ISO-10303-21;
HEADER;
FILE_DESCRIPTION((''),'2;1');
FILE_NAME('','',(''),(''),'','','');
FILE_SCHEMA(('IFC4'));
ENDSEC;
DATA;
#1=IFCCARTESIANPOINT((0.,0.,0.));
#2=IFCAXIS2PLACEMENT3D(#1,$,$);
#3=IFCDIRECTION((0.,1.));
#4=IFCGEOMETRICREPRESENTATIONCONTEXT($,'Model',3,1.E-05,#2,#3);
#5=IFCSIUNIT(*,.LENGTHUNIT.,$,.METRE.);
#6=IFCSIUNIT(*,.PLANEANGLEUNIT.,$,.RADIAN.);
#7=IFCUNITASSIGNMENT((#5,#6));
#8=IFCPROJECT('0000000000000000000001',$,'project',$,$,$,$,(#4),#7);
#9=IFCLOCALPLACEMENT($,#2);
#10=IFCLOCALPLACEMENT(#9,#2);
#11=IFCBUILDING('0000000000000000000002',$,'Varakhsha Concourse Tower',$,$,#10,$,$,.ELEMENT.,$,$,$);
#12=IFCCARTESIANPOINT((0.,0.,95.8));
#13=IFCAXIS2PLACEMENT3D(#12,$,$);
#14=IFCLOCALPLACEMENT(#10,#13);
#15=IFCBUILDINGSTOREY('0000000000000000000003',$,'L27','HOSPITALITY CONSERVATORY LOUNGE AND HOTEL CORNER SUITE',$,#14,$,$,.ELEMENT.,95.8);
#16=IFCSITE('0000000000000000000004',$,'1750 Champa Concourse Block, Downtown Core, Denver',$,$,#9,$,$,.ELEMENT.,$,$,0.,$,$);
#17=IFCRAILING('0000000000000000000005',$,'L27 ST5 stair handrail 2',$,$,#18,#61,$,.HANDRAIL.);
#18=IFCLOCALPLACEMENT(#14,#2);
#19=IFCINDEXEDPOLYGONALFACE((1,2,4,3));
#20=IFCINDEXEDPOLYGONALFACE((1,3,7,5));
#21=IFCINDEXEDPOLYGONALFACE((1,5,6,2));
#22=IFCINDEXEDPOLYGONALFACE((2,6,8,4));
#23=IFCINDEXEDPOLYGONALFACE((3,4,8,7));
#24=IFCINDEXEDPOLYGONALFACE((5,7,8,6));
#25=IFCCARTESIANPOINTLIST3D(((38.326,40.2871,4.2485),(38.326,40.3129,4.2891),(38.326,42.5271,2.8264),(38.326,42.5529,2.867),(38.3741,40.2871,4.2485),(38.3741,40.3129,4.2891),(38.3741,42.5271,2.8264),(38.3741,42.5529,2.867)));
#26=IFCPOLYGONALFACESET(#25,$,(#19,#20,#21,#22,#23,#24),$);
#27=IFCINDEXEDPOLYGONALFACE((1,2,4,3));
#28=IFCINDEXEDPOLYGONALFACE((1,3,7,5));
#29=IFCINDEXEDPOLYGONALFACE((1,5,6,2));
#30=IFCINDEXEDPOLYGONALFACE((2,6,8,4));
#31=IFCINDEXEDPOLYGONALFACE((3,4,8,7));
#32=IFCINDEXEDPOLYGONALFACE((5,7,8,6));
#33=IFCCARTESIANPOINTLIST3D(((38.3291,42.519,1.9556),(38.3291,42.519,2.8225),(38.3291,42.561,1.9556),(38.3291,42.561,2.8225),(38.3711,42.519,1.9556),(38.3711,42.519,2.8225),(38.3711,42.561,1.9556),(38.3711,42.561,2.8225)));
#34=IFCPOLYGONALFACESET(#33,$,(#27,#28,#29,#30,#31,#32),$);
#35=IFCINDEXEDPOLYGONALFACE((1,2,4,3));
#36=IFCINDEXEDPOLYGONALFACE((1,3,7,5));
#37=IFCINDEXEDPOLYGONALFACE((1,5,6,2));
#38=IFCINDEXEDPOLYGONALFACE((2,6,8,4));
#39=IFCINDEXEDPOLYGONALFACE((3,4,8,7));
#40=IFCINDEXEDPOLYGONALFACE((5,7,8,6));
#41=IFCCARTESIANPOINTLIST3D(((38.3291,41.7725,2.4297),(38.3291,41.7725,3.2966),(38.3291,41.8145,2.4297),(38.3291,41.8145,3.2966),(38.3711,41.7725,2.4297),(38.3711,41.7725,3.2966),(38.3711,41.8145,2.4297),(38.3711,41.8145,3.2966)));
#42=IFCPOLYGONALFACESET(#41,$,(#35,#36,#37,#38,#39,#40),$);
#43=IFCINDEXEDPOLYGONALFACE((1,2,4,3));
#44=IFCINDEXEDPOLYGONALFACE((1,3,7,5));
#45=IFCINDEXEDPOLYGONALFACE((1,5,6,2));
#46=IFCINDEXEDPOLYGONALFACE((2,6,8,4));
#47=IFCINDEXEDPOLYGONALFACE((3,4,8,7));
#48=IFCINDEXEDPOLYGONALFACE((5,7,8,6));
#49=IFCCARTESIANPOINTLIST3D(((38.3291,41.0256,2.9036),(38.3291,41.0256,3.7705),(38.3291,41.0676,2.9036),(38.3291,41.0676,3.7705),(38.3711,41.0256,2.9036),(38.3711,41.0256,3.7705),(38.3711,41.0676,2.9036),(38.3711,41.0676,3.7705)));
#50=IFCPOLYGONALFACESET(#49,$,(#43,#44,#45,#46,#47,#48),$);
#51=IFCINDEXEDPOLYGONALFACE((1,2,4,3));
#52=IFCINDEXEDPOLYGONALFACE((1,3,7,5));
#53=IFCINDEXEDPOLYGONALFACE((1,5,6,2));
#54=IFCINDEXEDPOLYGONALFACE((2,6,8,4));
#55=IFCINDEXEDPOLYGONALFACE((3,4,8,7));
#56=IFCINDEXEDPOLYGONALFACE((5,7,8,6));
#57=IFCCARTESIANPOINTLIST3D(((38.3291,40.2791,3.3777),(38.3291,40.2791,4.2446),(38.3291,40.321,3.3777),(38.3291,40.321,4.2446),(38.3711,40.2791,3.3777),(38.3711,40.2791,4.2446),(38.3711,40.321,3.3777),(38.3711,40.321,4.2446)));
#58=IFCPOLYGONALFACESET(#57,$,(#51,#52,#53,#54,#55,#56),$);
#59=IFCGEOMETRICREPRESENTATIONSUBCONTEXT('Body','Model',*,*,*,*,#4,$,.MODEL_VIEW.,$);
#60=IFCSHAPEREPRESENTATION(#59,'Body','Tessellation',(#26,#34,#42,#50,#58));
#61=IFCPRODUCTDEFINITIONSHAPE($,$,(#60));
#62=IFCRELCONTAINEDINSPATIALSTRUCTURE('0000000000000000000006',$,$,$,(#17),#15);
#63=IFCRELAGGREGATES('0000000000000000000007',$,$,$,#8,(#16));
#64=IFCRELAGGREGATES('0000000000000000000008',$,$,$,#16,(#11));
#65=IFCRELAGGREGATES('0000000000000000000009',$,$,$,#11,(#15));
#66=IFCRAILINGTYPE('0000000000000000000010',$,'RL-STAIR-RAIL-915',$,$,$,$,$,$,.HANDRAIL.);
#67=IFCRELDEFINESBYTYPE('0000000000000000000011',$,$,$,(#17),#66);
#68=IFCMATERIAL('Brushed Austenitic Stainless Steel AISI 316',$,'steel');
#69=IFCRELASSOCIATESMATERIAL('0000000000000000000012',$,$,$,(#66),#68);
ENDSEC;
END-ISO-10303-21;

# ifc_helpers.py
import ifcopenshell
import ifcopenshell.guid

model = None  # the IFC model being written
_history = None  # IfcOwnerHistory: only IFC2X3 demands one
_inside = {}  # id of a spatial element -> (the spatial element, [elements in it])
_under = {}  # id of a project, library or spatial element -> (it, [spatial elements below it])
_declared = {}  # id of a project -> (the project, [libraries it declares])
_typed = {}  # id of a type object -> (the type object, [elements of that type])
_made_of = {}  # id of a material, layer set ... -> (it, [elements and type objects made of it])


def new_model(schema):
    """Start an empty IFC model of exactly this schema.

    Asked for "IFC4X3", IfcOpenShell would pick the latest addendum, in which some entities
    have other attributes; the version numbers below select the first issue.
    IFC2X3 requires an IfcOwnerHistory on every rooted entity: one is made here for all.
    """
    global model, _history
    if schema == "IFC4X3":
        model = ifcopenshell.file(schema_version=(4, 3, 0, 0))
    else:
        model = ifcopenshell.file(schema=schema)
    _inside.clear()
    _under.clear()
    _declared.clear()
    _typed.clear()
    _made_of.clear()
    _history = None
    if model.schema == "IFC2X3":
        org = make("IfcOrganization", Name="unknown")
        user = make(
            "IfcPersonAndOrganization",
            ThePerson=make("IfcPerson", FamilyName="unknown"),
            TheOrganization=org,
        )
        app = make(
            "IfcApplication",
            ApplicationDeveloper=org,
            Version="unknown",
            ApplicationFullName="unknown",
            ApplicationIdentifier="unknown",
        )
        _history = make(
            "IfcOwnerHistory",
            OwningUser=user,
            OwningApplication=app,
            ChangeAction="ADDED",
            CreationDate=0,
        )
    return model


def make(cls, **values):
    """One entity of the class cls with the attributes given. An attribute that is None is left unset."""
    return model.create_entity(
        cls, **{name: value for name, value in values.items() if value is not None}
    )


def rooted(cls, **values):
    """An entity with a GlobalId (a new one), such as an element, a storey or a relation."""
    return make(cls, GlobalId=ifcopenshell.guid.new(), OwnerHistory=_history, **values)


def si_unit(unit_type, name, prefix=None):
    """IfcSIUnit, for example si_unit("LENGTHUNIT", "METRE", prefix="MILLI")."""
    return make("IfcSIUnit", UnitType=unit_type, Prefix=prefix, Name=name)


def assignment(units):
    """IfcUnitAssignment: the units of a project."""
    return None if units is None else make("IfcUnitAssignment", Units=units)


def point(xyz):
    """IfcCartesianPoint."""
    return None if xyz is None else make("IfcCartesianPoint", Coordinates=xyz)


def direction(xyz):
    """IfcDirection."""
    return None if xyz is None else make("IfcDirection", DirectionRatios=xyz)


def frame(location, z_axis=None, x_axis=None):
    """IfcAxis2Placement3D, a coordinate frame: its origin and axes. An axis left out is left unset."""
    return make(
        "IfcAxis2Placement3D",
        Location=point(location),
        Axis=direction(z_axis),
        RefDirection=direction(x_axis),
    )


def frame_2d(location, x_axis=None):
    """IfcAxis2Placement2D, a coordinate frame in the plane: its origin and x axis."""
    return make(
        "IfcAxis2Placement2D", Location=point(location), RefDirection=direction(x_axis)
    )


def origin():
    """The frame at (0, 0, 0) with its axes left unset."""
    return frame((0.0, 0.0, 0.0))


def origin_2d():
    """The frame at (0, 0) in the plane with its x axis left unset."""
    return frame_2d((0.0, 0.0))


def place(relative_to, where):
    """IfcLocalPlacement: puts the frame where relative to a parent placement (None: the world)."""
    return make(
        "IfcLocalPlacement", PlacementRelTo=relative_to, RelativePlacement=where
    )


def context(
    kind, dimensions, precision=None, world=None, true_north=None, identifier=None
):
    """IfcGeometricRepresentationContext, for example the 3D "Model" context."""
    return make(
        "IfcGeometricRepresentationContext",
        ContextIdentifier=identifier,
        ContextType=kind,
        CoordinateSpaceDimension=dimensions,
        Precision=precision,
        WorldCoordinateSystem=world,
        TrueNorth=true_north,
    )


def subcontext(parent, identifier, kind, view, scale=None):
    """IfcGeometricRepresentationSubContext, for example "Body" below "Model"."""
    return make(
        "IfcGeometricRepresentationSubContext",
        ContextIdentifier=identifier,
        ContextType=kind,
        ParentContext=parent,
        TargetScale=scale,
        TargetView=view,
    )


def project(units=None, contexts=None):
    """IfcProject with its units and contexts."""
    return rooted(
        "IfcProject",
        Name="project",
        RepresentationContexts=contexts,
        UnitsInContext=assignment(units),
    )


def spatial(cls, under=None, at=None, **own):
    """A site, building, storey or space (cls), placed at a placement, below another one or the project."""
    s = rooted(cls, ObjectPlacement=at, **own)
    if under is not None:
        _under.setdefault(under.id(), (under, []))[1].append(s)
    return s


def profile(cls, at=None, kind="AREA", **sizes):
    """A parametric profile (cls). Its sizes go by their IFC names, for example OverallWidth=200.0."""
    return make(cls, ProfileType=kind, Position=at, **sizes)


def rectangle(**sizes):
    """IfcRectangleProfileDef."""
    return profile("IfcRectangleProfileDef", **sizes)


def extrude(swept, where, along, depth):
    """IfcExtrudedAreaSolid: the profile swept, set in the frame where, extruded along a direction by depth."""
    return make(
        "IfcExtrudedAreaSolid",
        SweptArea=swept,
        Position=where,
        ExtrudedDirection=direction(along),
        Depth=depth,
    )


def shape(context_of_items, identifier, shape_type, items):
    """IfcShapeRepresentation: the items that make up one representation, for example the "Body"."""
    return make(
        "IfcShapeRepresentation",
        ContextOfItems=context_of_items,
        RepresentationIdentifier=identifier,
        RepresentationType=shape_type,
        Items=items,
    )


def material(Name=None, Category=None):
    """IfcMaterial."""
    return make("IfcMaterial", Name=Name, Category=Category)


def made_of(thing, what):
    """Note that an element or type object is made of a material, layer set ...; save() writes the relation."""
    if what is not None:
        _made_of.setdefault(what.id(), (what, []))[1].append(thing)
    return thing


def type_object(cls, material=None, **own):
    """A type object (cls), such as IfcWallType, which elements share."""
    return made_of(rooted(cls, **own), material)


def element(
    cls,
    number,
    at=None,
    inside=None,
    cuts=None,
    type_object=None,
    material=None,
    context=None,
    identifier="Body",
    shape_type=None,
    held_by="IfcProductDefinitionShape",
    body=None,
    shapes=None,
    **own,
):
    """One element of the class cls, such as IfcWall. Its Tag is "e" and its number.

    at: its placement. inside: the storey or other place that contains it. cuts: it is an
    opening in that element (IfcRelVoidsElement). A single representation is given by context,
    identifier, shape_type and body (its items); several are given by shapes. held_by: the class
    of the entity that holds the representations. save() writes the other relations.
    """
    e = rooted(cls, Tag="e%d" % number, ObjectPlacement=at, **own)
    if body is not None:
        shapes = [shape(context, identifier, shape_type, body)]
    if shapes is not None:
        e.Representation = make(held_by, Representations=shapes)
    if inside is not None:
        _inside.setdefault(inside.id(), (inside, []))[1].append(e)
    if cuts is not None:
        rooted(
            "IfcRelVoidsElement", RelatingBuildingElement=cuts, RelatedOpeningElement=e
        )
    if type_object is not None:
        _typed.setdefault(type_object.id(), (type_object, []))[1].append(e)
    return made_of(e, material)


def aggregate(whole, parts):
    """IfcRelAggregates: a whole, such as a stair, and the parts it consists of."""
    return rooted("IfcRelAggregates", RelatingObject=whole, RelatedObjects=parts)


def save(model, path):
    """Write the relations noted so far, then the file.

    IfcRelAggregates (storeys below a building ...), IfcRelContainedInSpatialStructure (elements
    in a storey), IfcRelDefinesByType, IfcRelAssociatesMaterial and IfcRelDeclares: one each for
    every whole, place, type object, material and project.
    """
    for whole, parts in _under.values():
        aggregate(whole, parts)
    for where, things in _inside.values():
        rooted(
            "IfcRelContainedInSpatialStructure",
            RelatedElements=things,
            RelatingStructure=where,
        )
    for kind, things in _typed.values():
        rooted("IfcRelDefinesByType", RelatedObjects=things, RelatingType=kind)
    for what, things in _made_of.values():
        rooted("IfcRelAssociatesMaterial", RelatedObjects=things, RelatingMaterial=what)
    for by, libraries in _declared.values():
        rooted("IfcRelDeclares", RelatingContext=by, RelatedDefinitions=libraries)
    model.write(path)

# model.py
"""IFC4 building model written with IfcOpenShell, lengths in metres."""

from ifc_helpers import new_model, si_unit, direction, frame, origin, origin_2d, place, context, subcontext, project, spatial, rectangle, extrude, material, type_object, element, save


model = new_model("IFC4")

# Units and contexts
model_context = context("Model", 3, precision=1e-05, world=origin(), true_north=direction((0.0, 1.0)))
body_context = subcontext(model_context, "Body", "Model", "MODEL_VIEW")
ifc_project = project(units=[si_unit("LENGTHUNIT", "METRE"), si_unit("PLANEANGLEUNIT", "RADIAN")], contexts=[model_context])

# Site, building, storey
site_placement = place(None, origin())
site = spatial("IfcSite", under=ifc_project, at=site_placement, Name="1750 Champa Concourse Block, Downtown Core, Denver", CompositionType="ELEMENT", RefElevation=0.0)
building_placement = place(site_placement, origin())
building = spatial("IfcBuilding", under=site, at=building_placement, Name="Varakhsha Concourse Tower", CompositionType="ELEMENT")
storey_placement = place(building_placement, frame((0.0, 0.0, 95.8)))
storey = spatial("IfcBuildingStorey", under=building, at=storey_placement, Name="L27", Description="HOSPITALITY CONSERVATORY LOUNGE AND HOTEL CORNER SUITE", CompositionType="ELEMENT", Elevation=95.8)

# Railing
ifc_material_1 = material(Name="Brushed Austenitic Stainless Steel AISI 316", Category="steel")
railing_type = type_object("IfcRailingType", Name="RL-STAIR-RAIL-915", PredefinedType="HANDRAIL", material=ifc_material_1)
railing_placement = place(storey_placement, frame((38.3501, 42.54, 1.9556)))
element("IfcRailing", 1, at=railing_placement, inside=storey, type_object=railing_type, Name="L27 ST5 stair handrail 2", PredefinedType="HANDRAIL", context=body_context, shape_type="SweptSolid", body=[
    extrude(rectangle(XDim=0.0481, YDim=0.0481, at=origin_2d()), frame((0.0, 0.0, 0.8911), z_axis=(0.0, -0.844229, 0.535982), x_axis=(1.0, 0.0, 0.0)), (0.0, 0.0, 1.0), 2.6533),
    extrude(rectangle(XDim=0.042, YDim=0.042, at=origin_2d()), origin(), (0.0, 0.0, 1.0), 0.8669),
    extrude(rectangle(XDim=0.042, YDim=0.042, at=origin_2d()), frame((0.0, -0.7466, 0.4741)), (0.0, 0.0, 1.0), 0.8669),
    extrude(rectangle(XDim=0.042, YDim=0.042, at=origin_2d()), frame((0.0, -1.4934, 0.948)), (0.0, 0.0, 1.0), 0.8669),
    extrude(rectangle(XDim=0.042, YDim=0.042, at=origin_2d()), frame((0.0, -2.24, 1.4221)), (0.0, 0.0, 1.0), 0.8669),
])

save(model, "model.ifc")
